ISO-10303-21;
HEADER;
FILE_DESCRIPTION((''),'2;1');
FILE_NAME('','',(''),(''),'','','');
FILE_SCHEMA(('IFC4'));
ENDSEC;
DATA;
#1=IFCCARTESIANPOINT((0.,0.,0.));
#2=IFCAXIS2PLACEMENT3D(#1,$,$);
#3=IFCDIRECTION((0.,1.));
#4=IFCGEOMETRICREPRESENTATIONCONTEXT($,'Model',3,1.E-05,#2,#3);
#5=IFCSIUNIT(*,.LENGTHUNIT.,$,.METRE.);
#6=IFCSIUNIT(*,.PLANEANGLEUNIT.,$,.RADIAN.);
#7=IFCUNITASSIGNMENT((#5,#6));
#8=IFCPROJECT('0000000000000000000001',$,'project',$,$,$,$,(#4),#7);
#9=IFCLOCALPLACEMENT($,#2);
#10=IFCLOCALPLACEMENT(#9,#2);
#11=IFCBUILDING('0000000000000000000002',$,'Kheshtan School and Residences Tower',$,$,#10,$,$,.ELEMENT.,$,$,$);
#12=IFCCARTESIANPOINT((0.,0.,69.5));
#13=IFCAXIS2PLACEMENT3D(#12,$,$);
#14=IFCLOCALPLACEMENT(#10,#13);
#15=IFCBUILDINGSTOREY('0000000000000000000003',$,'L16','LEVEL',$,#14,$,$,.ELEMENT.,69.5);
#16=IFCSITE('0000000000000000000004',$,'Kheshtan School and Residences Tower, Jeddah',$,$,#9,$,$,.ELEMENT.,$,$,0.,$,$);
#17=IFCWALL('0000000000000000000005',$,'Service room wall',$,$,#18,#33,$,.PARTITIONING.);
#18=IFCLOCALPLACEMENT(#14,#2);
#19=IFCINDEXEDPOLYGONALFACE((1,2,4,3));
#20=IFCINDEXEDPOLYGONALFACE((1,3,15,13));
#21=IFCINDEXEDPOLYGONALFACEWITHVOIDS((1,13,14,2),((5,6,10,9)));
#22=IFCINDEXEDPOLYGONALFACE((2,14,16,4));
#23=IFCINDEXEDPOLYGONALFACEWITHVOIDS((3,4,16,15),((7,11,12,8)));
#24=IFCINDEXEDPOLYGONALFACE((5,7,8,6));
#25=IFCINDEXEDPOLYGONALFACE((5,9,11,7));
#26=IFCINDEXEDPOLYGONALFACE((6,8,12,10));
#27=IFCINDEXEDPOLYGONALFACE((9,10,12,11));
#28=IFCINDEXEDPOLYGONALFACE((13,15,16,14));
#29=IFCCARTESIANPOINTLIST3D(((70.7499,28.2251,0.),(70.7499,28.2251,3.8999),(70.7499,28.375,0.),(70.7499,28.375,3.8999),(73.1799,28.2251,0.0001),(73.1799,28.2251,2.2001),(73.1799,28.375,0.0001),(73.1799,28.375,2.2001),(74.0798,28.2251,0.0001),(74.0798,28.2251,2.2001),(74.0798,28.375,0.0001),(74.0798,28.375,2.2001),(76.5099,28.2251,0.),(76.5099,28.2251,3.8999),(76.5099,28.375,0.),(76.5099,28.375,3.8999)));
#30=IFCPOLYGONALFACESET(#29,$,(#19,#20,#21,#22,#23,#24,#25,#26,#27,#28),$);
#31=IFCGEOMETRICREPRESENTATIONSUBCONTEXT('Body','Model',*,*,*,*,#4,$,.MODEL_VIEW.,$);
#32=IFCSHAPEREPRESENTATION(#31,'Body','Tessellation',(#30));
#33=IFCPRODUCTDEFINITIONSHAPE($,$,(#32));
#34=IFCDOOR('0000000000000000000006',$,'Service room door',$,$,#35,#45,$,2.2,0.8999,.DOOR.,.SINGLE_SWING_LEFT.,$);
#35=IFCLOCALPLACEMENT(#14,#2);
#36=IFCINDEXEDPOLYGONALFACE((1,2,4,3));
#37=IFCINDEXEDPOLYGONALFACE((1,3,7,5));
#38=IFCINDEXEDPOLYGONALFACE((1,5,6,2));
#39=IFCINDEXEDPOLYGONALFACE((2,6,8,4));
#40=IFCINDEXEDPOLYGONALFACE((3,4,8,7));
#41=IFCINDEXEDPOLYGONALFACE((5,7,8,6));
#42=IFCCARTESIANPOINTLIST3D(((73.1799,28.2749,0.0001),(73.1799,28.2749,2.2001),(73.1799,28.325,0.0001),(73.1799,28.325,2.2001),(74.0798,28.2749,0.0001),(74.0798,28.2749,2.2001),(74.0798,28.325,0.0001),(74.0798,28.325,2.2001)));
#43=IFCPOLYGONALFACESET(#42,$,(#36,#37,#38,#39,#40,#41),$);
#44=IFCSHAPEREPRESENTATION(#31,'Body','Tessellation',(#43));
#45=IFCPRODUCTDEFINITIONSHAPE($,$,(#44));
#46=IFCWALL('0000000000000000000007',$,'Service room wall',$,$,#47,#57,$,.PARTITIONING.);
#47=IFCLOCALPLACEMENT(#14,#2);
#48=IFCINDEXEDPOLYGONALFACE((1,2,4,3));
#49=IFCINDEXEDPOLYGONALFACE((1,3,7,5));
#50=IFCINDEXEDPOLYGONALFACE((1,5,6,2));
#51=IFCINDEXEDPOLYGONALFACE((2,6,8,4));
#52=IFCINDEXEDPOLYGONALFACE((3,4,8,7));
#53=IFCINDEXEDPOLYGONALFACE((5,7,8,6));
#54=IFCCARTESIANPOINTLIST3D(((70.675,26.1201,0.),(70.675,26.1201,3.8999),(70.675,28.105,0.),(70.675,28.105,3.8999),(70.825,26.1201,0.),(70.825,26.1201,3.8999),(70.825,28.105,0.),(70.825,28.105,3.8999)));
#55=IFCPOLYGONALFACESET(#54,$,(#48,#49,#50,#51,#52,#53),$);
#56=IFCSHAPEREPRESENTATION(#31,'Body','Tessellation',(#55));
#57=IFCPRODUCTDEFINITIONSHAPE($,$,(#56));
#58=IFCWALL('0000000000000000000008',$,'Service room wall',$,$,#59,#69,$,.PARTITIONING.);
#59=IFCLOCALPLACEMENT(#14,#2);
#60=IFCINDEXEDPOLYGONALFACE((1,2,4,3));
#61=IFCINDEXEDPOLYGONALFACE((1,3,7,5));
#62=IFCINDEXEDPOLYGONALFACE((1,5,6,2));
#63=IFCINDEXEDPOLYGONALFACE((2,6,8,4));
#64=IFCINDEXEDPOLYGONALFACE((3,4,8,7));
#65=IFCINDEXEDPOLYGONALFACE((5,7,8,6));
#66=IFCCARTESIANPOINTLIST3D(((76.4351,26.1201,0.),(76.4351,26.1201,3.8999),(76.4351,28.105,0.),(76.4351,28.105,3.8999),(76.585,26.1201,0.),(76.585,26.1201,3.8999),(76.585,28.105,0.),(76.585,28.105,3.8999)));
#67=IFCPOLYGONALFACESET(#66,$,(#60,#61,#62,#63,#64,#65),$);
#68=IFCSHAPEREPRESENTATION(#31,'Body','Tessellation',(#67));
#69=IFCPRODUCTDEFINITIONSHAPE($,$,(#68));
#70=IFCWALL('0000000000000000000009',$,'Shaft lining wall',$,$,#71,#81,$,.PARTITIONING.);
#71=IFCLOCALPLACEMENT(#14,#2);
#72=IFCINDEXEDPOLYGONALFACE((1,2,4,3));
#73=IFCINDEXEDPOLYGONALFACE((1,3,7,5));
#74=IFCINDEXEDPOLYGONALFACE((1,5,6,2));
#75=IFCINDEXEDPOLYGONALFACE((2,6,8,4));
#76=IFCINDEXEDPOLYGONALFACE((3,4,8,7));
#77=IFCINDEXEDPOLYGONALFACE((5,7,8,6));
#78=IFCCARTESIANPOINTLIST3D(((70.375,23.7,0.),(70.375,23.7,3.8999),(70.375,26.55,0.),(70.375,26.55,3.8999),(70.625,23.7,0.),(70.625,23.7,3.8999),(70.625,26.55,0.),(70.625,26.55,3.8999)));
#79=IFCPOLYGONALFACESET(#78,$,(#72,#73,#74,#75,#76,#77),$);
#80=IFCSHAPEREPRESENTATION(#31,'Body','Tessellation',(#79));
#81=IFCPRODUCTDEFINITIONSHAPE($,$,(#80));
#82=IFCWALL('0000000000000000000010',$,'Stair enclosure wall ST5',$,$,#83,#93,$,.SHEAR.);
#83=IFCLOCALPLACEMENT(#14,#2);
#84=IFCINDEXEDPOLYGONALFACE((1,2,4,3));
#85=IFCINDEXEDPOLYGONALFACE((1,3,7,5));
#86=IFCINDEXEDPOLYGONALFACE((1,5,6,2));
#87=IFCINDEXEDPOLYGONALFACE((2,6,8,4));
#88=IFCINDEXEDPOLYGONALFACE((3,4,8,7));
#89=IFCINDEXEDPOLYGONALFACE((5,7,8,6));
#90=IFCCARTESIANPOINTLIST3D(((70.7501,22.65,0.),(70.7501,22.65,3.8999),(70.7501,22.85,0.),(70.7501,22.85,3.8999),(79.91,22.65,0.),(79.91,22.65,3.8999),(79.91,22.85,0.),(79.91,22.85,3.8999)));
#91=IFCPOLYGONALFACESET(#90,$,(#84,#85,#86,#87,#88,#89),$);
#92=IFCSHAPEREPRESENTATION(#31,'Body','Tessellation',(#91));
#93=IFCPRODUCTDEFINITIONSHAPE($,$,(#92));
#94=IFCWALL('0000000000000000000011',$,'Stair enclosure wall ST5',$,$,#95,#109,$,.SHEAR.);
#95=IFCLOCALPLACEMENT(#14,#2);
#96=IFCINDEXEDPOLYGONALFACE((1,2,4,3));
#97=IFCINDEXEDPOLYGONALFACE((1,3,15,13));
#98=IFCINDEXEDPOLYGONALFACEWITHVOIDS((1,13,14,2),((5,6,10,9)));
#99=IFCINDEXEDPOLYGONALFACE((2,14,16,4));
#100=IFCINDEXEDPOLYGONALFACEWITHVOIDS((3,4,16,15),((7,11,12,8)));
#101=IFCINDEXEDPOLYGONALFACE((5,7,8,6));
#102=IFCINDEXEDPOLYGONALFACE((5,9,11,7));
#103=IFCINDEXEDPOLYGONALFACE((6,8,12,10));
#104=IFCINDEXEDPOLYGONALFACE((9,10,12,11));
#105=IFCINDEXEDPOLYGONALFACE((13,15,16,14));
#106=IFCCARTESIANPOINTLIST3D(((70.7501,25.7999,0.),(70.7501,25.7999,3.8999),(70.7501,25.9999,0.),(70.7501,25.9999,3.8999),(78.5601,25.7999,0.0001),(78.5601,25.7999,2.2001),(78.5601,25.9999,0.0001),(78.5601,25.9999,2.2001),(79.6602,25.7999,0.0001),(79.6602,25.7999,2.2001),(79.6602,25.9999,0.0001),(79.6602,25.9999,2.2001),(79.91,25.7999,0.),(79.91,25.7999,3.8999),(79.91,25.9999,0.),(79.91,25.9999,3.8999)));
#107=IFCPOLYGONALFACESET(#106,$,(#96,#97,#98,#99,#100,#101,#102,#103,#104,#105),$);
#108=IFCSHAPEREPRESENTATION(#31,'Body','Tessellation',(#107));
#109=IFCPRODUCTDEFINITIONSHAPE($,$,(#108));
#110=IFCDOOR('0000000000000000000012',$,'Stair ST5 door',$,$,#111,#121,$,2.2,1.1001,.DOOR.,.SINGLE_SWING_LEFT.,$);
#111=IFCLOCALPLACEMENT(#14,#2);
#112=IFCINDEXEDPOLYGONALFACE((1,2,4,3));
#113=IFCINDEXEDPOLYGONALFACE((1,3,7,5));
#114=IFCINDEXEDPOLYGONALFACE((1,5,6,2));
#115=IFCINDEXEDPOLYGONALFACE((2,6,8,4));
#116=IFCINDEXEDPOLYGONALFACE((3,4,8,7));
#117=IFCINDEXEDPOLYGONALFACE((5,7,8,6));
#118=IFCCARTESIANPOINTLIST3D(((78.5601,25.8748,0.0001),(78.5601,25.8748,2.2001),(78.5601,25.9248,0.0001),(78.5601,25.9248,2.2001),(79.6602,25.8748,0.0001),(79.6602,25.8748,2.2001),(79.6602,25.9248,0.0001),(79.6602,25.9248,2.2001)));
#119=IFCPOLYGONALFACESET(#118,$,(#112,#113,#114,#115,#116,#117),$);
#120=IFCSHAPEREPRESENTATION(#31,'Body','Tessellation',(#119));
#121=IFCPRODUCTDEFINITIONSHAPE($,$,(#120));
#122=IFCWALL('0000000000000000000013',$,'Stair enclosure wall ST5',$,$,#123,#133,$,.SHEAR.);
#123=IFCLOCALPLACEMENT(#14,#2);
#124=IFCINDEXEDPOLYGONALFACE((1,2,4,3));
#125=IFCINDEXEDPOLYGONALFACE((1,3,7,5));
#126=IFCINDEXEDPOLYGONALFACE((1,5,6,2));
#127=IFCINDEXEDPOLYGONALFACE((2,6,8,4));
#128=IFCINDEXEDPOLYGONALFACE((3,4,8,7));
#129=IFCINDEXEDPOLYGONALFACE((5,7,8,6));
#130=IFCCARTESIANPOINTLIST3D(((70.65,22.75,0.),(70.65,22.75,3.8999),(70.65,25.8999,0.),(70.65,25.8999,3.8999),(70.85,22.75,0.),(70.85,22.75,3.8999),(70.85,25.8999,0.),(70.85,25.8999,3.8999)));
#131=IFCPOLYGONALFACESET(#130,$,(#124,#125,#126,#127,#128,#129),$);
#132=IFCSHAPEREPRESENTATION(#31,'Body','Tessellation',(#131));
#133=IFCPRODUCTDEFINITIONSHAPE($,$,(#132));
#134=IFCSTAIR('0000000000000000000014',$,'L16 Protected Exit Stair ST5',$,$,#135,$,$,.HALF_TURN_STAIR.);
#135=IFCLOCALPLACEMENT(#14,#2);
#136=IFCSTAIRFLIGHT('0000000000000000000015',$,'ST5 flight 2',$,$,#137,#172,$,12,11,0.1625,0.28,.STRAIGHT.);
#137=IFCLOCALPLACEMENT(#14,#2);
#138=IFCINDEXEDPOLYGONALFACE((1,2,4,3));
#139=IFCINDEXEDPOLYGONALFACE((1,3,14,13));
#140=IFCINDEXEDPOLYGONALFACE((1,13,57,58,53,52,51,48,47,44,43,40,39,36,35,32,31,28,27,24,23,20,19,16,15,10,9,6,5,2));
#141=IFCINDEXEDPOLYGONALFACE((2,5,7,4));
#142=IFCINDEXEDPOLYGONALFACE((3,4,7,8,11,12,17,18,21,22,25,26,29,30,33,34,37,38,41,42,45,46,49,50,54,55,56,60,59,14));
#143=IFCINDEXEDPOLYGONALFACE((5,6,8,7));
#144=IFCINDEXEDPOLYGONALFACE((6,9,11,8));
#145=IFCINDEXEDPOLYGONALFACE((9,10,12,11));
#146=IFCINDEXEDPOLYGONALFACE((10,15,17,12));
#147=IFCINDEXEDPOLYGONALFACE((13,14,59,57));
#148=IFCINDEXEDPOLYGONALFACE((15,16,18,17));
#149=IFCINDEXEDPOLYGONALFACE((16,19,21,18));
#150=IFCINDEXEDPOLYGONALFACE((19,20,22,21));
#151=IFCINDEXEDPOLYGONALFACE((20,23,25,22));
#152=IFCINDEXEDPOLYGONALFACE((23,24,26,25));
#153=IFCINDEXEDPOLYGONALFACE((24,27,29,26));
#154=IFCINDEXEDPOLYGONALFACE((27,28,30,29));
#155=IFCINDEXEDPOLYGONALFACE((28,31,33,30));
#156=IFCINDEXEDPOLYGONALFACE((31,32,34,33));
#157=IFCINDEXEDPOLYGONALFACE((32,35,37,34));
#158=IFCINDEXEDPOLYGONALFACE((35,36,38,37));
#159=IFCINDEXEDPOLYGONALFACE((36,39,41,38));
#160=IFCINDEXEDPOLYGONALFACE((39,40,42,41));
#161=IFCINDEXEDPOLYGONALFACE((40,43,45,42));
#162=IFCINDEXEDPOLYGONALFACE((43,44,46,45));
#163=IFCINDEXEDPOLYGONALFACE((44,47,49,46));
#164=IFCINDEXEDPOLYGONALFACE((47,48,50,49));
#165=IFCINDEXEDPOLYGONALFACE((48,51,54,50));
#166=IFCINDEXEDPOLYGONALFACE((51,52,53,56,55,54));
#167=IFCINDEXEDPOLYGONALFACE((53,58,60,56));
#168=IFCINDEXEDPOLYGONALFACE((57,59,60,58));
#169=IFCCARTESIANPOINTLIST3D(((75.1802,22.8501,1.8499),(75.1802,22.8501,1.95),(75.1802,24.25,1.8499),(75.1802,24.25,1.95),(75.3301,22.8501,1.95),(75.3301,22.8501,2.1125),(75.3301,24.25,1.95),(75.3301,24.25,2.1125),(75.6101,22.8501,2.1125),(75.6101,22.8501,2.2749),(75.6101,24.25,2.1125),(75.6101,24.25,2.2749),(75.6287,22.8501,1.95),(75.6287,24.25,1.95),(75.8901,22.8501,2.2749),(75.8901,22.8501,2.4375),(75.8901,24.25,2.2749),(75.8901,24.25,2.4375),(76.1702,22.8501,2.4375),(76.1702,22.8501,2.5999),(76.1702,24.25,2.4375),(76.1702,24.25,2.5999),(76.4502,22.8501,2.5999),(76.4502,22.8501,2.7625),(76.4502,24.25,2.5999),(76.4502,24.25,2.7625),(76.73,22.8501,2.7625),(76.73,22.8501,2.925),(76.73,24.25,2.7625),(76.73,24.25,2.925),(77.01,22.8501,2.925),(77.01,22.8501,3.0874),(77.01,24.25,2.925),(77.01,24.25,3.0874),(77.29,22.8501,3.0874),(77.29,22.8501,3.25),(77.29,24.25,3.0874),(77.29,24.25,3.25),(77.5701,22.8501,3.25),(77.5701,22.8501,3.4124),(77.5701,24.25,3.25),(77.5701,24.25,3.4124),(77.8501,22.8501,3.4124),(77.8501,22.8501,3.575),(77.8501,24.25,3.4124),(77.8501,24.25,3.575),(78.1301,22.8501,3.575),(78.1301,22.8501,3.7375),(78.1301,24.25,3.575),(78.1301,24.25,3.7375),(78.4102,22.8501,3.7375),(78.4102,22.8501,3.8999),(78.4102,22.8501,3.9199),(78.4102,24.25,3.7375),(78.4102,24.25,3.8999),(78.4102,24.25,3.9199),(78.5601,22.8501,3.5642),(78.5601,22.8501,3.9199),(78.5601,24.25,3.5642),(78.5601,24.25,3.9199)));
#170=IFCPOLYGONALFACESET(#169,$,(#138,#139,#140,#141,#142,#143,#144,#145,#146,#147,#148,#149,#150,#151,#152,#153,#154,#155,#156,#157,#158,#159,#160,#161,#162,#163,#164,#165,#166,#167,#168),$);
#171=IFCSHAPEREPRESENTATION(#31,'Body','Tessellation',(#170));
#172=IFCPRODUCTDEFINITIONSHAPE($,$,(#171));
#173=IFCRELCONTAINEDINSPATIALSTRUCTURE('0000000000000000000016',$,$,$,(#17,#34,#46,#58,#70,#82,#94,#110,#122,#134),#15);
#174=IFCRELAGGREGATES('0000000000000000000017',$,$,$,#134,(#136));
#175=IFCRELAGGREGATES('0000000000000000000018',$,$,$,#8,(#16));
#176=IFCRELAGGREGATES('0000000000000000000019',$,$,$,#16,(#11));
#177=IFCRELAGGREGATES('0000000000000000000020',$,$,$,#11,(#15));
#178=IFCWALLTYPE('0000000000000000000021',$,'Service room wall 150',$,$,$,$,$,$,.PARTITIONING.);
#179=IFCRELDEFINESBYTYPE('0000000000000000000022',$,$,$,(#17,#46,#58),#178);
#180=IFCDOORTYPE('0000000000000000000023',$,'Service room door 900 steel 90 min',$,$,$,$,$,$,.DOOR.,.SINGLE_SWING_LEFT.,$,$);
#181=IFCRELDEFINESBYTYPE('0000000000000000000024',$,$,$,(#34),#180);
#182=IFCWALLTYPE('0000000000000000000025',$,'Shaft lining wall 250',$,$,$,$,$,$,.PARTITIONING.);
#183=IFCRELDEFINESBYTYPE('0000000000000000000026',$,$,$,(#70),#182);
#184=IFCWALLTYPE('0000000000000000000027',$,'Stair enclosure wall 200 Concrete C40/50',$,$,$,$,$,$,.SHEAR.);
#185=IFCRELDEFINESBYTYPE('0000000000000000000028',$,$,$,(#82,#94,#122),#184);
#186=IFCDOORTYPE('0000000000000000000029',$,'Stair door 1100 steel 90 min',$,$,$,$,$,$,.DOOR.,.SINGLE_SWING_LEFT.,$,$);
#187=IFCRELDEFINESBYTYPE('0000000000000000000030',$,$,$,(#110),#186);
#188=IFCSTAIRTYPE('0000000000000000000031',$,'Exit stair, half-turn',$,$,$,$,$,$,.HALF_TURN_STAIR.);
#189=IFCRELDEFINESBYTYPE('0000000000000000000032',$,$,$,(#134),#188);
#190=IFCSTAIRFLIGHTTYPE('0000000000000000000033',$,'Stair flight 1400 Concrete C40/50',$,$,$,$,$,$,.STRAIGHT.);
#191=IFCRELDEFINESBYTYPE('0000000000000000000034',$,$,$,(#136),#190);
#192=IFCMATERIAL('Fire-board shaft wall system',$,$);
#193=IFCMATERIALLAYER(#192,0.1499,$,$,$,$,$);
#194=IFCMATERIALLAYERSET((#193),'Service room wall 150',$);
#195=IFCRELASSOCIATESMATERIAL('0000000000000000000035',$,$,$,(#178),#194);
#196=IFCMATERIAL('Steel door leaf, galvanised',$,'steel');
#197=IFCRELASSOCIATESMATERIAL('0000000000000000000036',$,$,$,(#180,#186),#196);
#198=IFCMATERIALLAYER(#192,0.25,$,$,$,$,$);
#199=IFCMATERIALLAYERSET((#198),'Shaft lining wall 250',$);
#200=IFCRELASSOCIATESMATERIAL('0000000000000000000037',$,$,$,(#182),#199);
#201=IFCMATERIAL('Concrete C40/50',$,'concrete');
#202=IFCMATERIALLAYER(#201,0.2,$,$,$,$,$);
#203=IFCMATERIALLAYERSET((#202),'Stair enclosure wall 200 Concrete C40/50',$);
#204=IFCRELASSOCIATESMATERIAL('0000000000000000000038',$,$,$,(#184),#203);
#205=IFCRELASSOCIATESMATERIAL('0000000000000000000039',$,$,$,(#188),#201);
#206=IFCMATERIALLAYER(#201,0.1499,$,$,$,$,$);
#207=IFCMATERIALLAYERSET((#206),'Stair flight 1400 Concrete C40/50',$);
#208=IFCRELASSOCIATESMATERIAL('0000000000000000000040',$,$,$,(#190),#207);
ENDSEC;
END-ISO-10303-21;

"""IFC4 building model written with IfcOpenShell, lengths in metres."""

from ifc_helpers import new_model, si_unit, direction, frame, frame_2d, origin, place, context, subcontext, project, spatial, polyline, rectangle, outline, extrude, source, transform, mapped, material, layer, layer_set, type_object, element, fill, aggregate, save


model = new_model("IFC4")

# Units and contexts
model_context = context("Model", 3, precision=1e-05, world=origin(), true_north=direction((0.0, 1.0)))
body_context = subcontext(model_context, "Body", "Model", "MODEL_VIEW")
ifc_project = project(units=[si_unit("LENGTHUNIT", "METRE"), si_unit("PLANEANGLEUNIT", "RADIAN")], contexts=[model_context])

# Site, building, storey
site_placement = place(None, origin())
site = spatial("IfcSite", under=ifc_project, at=site_placement, Name="Kheshtan School and Residences Tower, Jeddah", CompositionType="ELEMENT", RefElevation=0.0)
building_placement = place(site_placement, origin())
building = spatial("IfcBuilding", under=site, at=building_placement, Name="Kheshtan School and Residences Tower", CompositionType="ELEMENT")
storey_placement = place(building_placement, frame((0.0, 0.0, 69.5)))
storey = spatial("IfcBuildingStorey", under=building, at=storey_placement, Name="L16", Description="LEVEL", CompositionType="ELEMENT", Elevation=69.5)

# Wall, opening, door
ifc_material_1 = material(Name="Fire-board shaft wall system")
ifc_layer_1 = layer(ifc_material_1, 0.1499)
ifc_layer_set_1 = layer_set([ifc_layer_1], Name="Service room wall 150")
wall_type_1 = type_object("IfcWallType", Name="Service room wall 150", PredefinedType="PARTITIONING", material=ifc_layer_set_1)
wall_1_placement = place(storey_placement, frame((70.75, 28.3, 0.0), z_axis=(0.0, 0.0, 1.0), x_axis=(1.0, 0.0, 0.0)))
wall_1 = element("IfcWall", 1, at=wall_1_placement, inside=storey, type_object=wall_type_1, Name="Service room wall", PredefinedType="PARTITIONING", context=body_context, shape_type="SweptSolid", body=[
    extrude(rectangle(XDim=5.76, YDim=0.1499, at=frame_2d((2.8799, 0.0))), origin(), (0.0, 0.0, 1.0), 3.8999),
])
opening_1_placement = place(wall_1_placement, frame((2.4299, 0.0, 0.0)))
opening_1 = element("IfcOpeningElement", 2, at=opening_1_placement, cuts=wall_1, PredefinedType="OPENING", context=body_context, shape_type="SweptSolid", body=[
    extrude(rectangle(XDim=0.8999, YDim=2.2, at=frame_2d((0.45, 1.1001))), frame((0.0, 0.085, 0.0), z_axis=(0.0, -1.0, 0.0), x_axis=(1.0, 0.0, 0.0)), (0.0, 0.0, 1.0), 0.1699),
])
ifc_material_2 = material(Name="Steel door leaf, galvanised", Category="steel")
door_type_1 = type_object("IfcDoorType", Name="Service room door 900 steel 90 min", OperationType="SINGLE_SWING_LEFT", PredefinedType="DOOR", material=ifc_material_2)
shared_shape_1 = source(origin(), body_context, "Body", "SweptSolid", [
    extrude(rectangle(XDim=0.8999, YDim=2.2, at=frame_2d((0.45, 1.1001))), frame((0.0, 0.0249, 0.0), z_axis=(0.0, -1.0, 0.0), x_axis=(1.0, 0.0, 0.0)), (0.0, 0.0, 1.0), 0.05),
])
door_1_placement = place(opening_1_placement, origin())
door_1 = element("IfcDoor", 3, at=door_1_placement, inside=storey, type_object=door_type_1, Name="Service room door", OperationType="SINGLE_SWING_LEFT", OverallHeight=2.2, OverallWidth=0.8999, PredefinedType="DOOR", context=body_context, shape_type="MappedRepresentation", body=[
    mapped(shared_shape_1, transform((0.0, 0.0, 0.0), x_axis=(1.0, 0.0, 0.0), y_axis=(0.0, 1.0, 0.0), z_axis=(0.0, 0.0, 1.0), scale=1.0)),
])
fill(opening_1, door_1)

# Walls
for number, where, z_axis, x_axis, name in (
    (4, (70.75, 26.1201, 0.0), (0.0, 0.0, 1.0), (0.0, 1.0, 0.0), "Service room wall"),
    (5, (76.51, 26.1201, 0.0), (0.0, 0.0, 1.0), (0.0, 1.0, 0.0), "Service room wall"),
):
    element("IfcWall", number, at=place(storey_placement, frame(where, z_axis=z_axis, x_axis=x_axis)), inside=storey, type_object=wall_type_1, Name=name, PredefinedType="PARTITIONING", context=body_context, shape_type="SweptSolid", body=[
        extrude(rectangle(XDim=1.9849, YDim=0.1499, at=frame_2d((0.9924, 0.0))), origin(), (0.0, 0.0, 1.0), 3.8999),
    ])
ifc_layer_2 = layer(ifc_material_1, 0.25)
ifc_layer_set_2 = layer_set([ifc_layer_2], Name="Shaft lining wall 250")
wall_type_2 = type_object("IfcWallType", Name="Shaft lining wall 250", PredefinedType="PARTITIONING", material=ifc_layer_set_2)
wall_2_placement = place(storey_placement, frame((70.5, 23.7, 0.0), z_axis=(0.0, 0.0, 1.0), x_axis=(0.0, 1.0, 0.0)))
element("IfcWall", 6, at=wall_2_placement, inside=storey, type_object=wall_type_2, Name="Shaft lining wall", PredefinedType="PARTITIONING", context=body_context, shape_type="SweptSolid", body=[
    extrude(rectangle(XDim=2.8501, YDim=0.25, at=frame_2d((1.425, 0.0))), origin(), (0.0, 0.0, 1.0), 3.8999),
])
ifc_material_3 = material(Name="Concrete C40/50", Category="concrete")
ifc_layer_3 = layer(ifc_material_3, 0.2)
ifc_layer_set_3 = layer_set([ifc_layer_3], Name="Stair enclosure wall 200 Concrete C40/50")
wall_type_3 = type_object("IfcWallType", Name="Stair enclosure wall 200 Concrete C40/50", PredefinedType="SHEAR", material=ifc_layer_set_3)
wall_3_placement = place(storey_placement, frame((70.75, 22.75, 0.0), z_axis=(0.0, 0.0, 1.0), x_axis=(1.0, 0.0, 0.0)))
element("IfcWall", 7, at=wall_3_placement, inside=storey, type_object=wall_type_3, Name="Stair enclosure wall ST5", PredefinedType="SHEAR", context=body_context, shape_type="SweptSolid", body=[
    extrude(rectangle(XDim=9.1599, YDim=0.2, at=frame_2d((4.5801, 0.0))), origin(), (0.0, 0.0, 1.0), 3.8999),
])

# Wall, opening, door
wall_4_placement = place(storey_placement, frame((70.75, 25.8999, 0.0), z_axis=(0.0, 0.0, 1.0), x_axis=(1.0, 0.0, 0.0)))
wall_4 = element("IfcWall", 8, at=wall_4_placement, inside=storey, type_object=wall_type_3, Name="Stair enclosure wall ST5", PredefinedType="SHEAR", context=body_context, shape_type="SweptSolid", body=[
    extrude(rectangle(XDim=9.1599, YDim=0.2, at=frame_2d((4.5801, 0.0))), origin(), (0.0, 0.0, 1.0), 3.8999),
])
opening_2_placement = place(wall_4_placement, frame((7.8101, 0.0, 0.0)))
opening_2 = element("IfcOpeningElement", 9, at=opening_2_placement, cuts=wall_4, PredefinedType="OPENING", context=body_context, shape_type="SweptSolid", body=[
    extrude(rectangle(XDim=1.1001, YDim=2.2, at=frame_2d((0.55, 1.1001))), frame((0.0, 0.1099, 0.0), z_axis=(0.0, -1.0, 0.0), x_axis=(1.0, 0.0, 0.0)), (0.0, 0.0, 1.0), 0.22),
])
door_type_2 = type_object("IfcDoorType", Name="Stair door 1100 steel 90 min", OperationType="SINGLE_SWING_LEFT", PredefinedType="DOOR", material=ifc_material_2)
shared_shape_2 = source(origin(), body_context, "Body", "SweptSolid", [
    extrude(rectangle(XDim=1.1001, YDim=2.2, at=frame_2d((0.55, 1.1001))), frame((0.0, 0.0249, 0.0), z_axis=(0.0, -1.0, 0.0), x_axis=(1.0, 0.0, 0.0)), (0.0, 0.0, 1.0), 0.05),
])
door_2_placement = place(opening_2_placement, origin())
door_2 = element("IfcDoor", 10, at=door_2_placement, inside=storey, type_object=door_type_2, Name="Stair ST5 door", OperationType="SINGLE_SWING_LEFT", OverallHeight=2.2, OverallWidth=1.1001, PredefinedType="DOOR", context=body_context, shape_type="MappedRepresentation", body=[
    mapped(shared_shape_2, transform((0.0, 0.0, 0.0), x_axis=(1.0, 0.0, 0.0), y_axis=(0.0, 1.0, 0.0), z_axis=(0.0, 0.0, 1.0), scale=1.0)),
])
fill(opening_2, door_2)

# Wall
wall_5_placement = place(storey_placement, frame((70.75, 22.75, 0.0), z_axis=(0.0, 0.0, 1.0), x_axis=(0.0, 1.0, 0.0)))
element("IfcWall", 11, at=wall_5_placement, inside=storey, type_object=wall_type_3, Name="Stair enclosure wall ST5", PredefinedType="SHEAR", context=body_context, shape_type="SweptSolid", body=[
    extrude(rectangle(XDim=3.1499, YDim=0.2, at=frame_2d((1.575, 0.0))), origin(), (0.0, 0.0, 1.0), 3.8999),
])

# Stair, stair flight
stair_type = type_object("IfcStairType", Name="Exit stair, half-turn", PredefinedType="HALF_TURN_STAIR", material=ifc_material_3)
stair_placement = place(storey_placement, origin())
stair = element("IfcStair", 12, at=stair_placement, inside=storey, type_object=stair_type, Name="L16 Protected Exit Stair ST5", PredefinedType="HALF_TURN_STAIR")
ifc_layer_4 = layer(ifc_material_3, 0.1499)
ifc_layer_set_4 = layer_set([ifc_layer_4], Name="Stair flight 1400 Concrete C40/50")
stair_flight_type = type_object("IfcStairFlightType", Name="Stair flight 1400 Concrete C40/50", PredefinedType="STRAIGHT", material=ifc_layer_set_4)
stair_flight_placement = place(storey_placement, frame((75.3301, 23.55, 1.95), z_axis=(0.0, 0.0, 1.0), x_axis=(1.0, 0.0, 0.0)))
stair_flight = element("IfcStairFlight", 13, at=stair_flight_placement, type_object=stair_flight_type, Name="ST5 flight 2", NumberOfRisers=12, NumberOfTreads=11, PredefinedType="STRAIGHT", RiserHeight=0.1625, TreadLength=0.28, context=body_context, shape_type="SweptSolid", body=[
    extrude(outline(polyline([(-0.1499, -0.1001), (-0.1499, 0.0), (0.0, 0.0), (0.0, 0.1626), (0.28, 0.1626), (0.28, 0.325), (0.5601, 0.325), (0.5601, 0.4875), (0.8401, 0.4875), (0.8401, 0.6499), (1.1201, 0.6499), (1.1201, 0.8125), (1.3999, 0.8125), (1.3999, 0.9751), (1.6799, 0.9751), (1.6799, 1.1375), (1.96, 1.1375), (1.96, 1.3), (2.24, 1.3), (2.24, 1.4624), (2.52, 1.4624), (2.52, 1.625), (2.8, 1.625), (2.8, 1.7876), (3.0801, 1.7876), (3.0801, 1.95), (3.0801, 1.97), (3.23, 1.97), (3.23, 1.6143), (0.2986, 0.0), (-0.1499, -0.1001)])), frame((0.0, 0.7, 0.0), z_axis=(0.0, -1.0, 0.0), x_axis=(1.0, 0.0, 0.0)), (0.0, 0.0, 1.0), 1.3999),
])
aggregate(stair, [stair_flight])

save(model, "model.ifc")
